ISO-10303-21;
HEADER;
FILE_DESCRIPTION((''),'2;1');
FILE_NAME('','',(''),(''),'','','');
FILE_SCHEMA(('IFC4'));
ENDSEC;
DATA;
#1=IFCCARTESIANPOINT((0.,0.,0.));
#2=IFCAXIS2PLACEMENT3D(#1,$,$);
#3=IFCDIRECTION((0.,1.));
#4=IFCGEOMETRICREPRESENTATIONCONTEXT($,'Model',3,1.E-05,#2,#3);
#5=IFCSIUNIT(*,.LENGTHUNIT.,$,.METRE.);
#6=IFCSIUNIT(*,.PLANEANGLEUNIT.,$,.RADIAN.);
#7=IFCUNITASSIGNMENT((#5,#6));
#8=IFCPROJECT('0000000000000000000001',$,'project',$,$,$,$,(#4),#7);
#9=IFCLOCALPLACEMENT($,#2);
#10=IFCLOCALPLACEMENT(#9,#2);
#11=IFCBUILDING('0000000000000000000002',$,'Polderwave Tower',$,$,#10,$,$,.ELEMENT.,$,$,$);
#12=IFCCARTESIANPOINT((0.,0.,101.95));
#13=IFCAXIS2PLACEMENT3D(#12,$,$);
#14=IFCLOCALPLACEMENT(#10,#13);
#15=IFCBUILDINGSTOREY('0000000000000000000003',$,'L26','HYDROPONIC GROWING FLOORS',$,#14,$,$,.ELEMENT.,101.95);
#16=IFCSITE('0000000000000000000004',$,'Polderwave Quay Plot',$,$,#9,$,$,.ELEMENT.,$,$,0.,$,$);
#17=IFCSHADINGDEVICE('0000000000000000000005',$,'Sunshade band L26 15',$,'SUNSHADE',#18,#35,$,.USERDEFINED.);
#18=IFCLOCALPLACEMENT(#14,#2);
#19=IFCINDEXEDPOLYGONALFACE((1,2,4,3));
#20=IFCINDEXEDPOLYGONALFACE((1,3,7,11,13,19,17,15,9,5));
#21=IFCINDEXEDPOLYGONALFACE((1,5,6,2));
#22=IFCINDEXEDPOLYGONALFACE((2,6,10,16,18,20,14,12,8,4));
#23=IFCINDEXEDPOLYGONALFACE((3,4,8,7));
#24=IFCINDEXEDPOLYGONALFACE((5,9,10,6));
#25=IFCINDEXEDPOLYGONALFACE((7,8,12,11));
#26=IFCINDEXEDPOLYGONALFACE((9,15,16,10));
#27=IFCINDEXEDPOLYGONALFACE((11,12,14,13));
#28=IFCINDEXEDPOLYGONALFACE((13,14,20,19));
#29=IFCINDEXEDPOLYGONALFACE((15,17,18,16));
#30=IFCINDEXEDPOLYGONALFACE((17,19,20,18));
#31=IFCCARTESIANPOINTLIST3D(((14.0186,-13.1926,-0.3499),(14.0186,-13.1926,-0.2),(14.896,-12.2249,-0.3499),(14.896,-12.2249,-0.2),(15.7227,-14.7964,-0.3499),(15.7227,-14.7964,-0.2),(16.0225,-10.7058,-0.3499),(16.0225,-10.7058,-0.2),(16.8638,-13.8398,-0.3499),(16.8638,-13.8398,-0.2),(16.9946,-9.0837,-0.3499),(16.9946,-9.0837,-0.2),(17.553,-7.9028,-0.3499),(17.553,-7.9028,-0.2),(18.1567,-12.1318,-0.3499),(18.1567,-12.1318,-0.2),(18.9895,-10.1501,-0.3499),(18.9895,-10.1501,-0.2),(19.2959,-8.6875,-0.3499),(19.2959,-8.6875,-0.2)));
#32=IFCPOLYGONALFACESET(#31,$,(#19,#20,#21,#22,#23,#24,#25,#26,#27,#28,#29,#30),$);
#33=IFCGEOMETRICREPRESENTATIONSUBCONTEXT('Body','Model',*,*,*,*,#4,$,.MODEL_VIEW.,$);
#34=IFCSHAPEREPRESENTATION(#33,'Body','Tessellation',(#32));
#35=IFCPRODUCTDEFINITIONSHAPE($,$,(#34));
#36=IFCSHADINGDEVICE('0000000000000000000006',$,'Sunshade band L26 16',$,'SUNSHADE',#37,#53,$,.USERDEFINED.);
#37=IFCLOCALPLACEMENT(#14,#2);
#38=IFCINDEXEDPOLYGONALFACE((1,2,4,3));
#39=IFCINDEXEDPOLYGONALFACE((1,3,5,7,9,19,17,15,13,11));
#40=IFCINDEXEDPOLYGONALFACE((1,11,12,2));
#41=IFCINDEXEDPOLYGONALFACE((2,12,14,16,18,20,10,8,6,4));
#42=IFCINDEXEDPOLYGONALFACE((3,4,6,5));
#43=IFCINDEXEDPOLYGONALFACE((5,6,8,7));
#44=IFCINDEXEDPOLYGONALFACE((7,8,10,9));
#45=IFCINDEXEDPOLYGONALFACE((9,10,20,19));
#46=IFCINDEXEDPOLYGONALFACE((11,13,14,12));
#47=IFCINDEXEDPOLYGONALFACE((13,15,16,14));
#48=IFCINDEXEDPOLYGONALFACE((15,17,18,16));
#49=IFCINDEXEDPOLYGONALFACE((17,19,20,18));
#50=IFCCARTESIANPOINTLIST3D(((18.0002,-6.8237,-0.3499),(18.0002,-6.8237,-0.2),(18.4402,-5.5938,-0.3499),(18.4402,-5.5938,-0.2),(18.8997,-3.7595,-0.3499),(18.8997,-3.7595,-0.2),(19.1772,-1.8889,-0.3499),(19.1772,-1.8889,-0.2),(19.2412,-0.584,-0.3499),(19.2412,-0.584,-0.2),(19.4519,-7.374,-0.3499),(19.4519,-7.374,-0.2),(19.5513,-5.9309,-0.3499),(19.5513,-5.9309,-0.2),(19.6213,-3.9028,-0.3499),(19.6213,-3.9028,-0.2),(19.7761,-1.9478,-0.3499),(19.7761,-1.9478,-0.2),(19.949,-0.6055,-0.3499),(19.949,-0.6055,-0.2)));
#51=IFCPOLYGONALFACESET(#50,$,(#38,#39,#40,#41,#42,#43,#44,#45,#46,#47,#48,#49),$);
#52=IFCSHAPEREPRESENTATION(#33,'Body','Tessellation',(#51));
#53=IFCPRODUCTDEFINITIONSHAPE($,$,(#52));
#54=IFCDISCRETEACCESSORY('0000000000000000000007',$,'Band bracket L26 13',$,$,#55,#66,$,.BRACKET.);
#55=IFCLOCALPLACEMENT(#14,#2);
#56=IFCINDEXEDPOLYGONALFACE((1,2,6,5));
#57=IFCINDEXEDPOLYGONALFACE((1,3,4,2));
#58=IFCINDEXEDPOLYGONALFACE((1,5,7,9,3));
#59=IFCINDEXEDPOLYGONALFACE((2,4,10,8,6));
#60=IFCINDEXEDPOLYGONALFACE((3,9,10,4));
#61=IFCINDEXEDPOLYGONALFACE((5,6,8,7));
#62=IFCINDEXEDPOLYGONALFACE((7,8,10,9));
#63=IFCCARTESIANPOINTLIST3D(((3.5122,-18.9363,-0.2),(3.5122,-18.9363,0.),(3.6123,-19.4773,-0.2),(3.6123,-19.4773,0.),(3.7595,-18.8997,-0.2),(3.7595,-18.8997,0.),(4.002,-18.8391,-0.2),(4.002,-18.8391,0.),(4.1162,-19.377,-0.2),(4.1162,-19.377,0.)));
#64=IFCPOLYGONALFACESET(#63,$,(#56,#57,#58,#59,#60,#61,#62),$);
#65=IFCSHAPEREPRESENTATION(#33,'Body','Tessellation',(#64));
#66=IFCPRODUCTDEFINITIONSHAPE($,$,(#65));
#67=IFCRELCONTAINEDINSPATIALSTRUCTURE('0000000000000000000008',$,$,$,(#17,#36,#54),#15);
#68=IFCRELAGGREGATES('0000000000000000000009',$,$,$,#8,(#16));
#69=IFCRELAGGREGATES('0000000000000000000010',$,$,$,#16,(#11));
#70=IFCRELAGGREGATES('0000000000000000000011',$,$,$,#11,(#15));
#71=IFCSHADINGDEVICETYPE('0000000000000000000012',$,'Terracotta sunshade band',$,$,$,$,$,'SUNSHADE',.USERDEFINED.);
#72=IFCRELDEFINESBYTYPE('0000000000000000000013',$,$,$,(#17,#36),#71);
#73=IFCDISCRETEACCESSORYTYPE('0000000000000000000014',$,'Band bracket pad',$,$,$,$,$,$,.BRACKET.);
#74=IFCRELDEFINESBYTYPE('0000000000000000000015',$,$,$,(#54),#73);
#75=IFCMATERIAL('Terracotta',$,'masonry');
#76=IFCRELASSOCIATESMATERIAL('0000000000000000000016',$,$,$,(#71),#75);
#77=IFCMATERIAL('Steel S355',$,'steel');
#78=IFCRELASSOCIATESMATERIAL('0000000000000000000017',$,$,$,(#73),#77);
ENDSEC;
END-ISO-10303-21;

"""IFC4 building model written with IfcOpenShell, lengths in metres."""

from ifc_helpers import new_model, si_unit, direction, frame, origin, place, context, subcontext, project, spatial, polyline, outline, extrude, material, type_object, element, save


model = new_model("IFC4")

# Units and contexts
model_context = context("Model", 3, precision=1e-05, world=origin(), true_north=direction((0.0, 1.0)))
body_context = subcontext(model_context, "Body", "Model", "MODEL_VIEW")
ifc_project = project(units=[si_unit("LENGTHUNIT", "METRE"), si_unit("PLANEANGLEUNIT", "RADIAN")], contexts=[model_context])

# Site, building, storey
site_placement = place(None, origin())
site = spatial("IfcSite", under=ifc_project, at=site_placement, Name="Polderwave Quay Plot", CompositionType="ELEMENT", RefElevation=0.0)
building_placement = place(site_placement, origin())
building = spatial("IfcBuilding", under=site, at=building_placement, Name="Polderwave Tower", CompositionType="ELEMENT")
storey_placement = place(building_placement, frame((0.0, 0.0, 101.95)))
storey = spatial("IfcBuildingStorey", under=building, at=storey_placement, Name="L26", Description="HYDROPONIC GROWING FLOORS", CompositionType="ELEMENT", Elevation=101.95)

# Shading devices
ifc_material_1 = material(Name="Terracotta", Category="masonry")
shading_device_type = type_object("IfcShadingDeviceType", Name="Terracotta sunshade band", ElementType="SUNSHADE", PredefinedType="USERDEFINED", material=ifc_material_1)
shading_device_1_placement = place(storey_placement, frame((0.0, 0.0, -0.3499)))
element("IfcShadingDevice", 1, at=shading_device_1_placement, inside=storey, type_object=shading_device_type, Name="Sunshade band L26 15", ObjectType="SUNSHADE", PredefinedType="USERDEFINED", context=body_context, shape_type="SweptSolid", body=[
    extrude(outline(polyline([(14.0186, -13.1926), (14.896, -12.2249), (16.0225, -10.7058), (16.9946, -9.0837), (17.553, -7.9028), (19.2959, -8.6875), (18.9895, -10.1501), (18.1567, -12.1318), (16.8638, -13.8398), (15.7227, -14.7964), (14.0186, -13.1926)])), origin(), (0.0, 0.0, 1.0), 0.1499),
])
shading_device_2_placement = place(storey_placement, frame((0.0, 0.0, -0.3499)))
element("IfcShadingDevice", 2, at=shading_device_2_placement, inside=storey, type_object=shading_device_type, Name="Sunshade band L26 16", ObjectType="SUNSHADE", PredefinedType="USERDEFINED", context=body_context, shape_type="SweptSolid", body=[
    extrude(outline(polyline([(18.0002, -6.8237), (18.4402, -5.5938), (18.8997, -3.7595), (19.1772, -1.8889), (19.2412, -0.584), (19.949, -0.6055), (19.7761, -1.9478), (19.6213, -3.9028), (19.5513, -5.9309), (19.4519, -7.374), (18.0002, -6.8237)])), origin(), (0.0, 0.0, 1.0), 0.1499),
])

# Discrete accessory
ifc_material_2 = material(Name="Steel S355", Category="steel")
discrete_accessory_type = type_object("IfcDiscreteAccessoryType", Name="Band bracket pad", PredefinedType="BRACKET", material=ifc_material_2)
discrete_accessory_placement = place(storey_placement, frame((0.0, 0.0, -0.2)))
element("IfcDiscreteAccessory", 3, at=discrete_accessory_placement, inside=storey, type_object=discrete_accessory_type, Name="Band bracket L26 13", PredefinedType="BRACKET", context=body_context, shape_type="SweptSolid", body=[
    extrude(outline(polyline([(3.5122, -18.9363), (3.7595, -18.8997), (4.002, -18.8391), (4.1162, -19.377), (3.6123, -19.4773), (3.5122, -18.9363)])), origin(), (0.0, 0.0, 1.0), 0.2),
])

save(model, "model.ifc")
